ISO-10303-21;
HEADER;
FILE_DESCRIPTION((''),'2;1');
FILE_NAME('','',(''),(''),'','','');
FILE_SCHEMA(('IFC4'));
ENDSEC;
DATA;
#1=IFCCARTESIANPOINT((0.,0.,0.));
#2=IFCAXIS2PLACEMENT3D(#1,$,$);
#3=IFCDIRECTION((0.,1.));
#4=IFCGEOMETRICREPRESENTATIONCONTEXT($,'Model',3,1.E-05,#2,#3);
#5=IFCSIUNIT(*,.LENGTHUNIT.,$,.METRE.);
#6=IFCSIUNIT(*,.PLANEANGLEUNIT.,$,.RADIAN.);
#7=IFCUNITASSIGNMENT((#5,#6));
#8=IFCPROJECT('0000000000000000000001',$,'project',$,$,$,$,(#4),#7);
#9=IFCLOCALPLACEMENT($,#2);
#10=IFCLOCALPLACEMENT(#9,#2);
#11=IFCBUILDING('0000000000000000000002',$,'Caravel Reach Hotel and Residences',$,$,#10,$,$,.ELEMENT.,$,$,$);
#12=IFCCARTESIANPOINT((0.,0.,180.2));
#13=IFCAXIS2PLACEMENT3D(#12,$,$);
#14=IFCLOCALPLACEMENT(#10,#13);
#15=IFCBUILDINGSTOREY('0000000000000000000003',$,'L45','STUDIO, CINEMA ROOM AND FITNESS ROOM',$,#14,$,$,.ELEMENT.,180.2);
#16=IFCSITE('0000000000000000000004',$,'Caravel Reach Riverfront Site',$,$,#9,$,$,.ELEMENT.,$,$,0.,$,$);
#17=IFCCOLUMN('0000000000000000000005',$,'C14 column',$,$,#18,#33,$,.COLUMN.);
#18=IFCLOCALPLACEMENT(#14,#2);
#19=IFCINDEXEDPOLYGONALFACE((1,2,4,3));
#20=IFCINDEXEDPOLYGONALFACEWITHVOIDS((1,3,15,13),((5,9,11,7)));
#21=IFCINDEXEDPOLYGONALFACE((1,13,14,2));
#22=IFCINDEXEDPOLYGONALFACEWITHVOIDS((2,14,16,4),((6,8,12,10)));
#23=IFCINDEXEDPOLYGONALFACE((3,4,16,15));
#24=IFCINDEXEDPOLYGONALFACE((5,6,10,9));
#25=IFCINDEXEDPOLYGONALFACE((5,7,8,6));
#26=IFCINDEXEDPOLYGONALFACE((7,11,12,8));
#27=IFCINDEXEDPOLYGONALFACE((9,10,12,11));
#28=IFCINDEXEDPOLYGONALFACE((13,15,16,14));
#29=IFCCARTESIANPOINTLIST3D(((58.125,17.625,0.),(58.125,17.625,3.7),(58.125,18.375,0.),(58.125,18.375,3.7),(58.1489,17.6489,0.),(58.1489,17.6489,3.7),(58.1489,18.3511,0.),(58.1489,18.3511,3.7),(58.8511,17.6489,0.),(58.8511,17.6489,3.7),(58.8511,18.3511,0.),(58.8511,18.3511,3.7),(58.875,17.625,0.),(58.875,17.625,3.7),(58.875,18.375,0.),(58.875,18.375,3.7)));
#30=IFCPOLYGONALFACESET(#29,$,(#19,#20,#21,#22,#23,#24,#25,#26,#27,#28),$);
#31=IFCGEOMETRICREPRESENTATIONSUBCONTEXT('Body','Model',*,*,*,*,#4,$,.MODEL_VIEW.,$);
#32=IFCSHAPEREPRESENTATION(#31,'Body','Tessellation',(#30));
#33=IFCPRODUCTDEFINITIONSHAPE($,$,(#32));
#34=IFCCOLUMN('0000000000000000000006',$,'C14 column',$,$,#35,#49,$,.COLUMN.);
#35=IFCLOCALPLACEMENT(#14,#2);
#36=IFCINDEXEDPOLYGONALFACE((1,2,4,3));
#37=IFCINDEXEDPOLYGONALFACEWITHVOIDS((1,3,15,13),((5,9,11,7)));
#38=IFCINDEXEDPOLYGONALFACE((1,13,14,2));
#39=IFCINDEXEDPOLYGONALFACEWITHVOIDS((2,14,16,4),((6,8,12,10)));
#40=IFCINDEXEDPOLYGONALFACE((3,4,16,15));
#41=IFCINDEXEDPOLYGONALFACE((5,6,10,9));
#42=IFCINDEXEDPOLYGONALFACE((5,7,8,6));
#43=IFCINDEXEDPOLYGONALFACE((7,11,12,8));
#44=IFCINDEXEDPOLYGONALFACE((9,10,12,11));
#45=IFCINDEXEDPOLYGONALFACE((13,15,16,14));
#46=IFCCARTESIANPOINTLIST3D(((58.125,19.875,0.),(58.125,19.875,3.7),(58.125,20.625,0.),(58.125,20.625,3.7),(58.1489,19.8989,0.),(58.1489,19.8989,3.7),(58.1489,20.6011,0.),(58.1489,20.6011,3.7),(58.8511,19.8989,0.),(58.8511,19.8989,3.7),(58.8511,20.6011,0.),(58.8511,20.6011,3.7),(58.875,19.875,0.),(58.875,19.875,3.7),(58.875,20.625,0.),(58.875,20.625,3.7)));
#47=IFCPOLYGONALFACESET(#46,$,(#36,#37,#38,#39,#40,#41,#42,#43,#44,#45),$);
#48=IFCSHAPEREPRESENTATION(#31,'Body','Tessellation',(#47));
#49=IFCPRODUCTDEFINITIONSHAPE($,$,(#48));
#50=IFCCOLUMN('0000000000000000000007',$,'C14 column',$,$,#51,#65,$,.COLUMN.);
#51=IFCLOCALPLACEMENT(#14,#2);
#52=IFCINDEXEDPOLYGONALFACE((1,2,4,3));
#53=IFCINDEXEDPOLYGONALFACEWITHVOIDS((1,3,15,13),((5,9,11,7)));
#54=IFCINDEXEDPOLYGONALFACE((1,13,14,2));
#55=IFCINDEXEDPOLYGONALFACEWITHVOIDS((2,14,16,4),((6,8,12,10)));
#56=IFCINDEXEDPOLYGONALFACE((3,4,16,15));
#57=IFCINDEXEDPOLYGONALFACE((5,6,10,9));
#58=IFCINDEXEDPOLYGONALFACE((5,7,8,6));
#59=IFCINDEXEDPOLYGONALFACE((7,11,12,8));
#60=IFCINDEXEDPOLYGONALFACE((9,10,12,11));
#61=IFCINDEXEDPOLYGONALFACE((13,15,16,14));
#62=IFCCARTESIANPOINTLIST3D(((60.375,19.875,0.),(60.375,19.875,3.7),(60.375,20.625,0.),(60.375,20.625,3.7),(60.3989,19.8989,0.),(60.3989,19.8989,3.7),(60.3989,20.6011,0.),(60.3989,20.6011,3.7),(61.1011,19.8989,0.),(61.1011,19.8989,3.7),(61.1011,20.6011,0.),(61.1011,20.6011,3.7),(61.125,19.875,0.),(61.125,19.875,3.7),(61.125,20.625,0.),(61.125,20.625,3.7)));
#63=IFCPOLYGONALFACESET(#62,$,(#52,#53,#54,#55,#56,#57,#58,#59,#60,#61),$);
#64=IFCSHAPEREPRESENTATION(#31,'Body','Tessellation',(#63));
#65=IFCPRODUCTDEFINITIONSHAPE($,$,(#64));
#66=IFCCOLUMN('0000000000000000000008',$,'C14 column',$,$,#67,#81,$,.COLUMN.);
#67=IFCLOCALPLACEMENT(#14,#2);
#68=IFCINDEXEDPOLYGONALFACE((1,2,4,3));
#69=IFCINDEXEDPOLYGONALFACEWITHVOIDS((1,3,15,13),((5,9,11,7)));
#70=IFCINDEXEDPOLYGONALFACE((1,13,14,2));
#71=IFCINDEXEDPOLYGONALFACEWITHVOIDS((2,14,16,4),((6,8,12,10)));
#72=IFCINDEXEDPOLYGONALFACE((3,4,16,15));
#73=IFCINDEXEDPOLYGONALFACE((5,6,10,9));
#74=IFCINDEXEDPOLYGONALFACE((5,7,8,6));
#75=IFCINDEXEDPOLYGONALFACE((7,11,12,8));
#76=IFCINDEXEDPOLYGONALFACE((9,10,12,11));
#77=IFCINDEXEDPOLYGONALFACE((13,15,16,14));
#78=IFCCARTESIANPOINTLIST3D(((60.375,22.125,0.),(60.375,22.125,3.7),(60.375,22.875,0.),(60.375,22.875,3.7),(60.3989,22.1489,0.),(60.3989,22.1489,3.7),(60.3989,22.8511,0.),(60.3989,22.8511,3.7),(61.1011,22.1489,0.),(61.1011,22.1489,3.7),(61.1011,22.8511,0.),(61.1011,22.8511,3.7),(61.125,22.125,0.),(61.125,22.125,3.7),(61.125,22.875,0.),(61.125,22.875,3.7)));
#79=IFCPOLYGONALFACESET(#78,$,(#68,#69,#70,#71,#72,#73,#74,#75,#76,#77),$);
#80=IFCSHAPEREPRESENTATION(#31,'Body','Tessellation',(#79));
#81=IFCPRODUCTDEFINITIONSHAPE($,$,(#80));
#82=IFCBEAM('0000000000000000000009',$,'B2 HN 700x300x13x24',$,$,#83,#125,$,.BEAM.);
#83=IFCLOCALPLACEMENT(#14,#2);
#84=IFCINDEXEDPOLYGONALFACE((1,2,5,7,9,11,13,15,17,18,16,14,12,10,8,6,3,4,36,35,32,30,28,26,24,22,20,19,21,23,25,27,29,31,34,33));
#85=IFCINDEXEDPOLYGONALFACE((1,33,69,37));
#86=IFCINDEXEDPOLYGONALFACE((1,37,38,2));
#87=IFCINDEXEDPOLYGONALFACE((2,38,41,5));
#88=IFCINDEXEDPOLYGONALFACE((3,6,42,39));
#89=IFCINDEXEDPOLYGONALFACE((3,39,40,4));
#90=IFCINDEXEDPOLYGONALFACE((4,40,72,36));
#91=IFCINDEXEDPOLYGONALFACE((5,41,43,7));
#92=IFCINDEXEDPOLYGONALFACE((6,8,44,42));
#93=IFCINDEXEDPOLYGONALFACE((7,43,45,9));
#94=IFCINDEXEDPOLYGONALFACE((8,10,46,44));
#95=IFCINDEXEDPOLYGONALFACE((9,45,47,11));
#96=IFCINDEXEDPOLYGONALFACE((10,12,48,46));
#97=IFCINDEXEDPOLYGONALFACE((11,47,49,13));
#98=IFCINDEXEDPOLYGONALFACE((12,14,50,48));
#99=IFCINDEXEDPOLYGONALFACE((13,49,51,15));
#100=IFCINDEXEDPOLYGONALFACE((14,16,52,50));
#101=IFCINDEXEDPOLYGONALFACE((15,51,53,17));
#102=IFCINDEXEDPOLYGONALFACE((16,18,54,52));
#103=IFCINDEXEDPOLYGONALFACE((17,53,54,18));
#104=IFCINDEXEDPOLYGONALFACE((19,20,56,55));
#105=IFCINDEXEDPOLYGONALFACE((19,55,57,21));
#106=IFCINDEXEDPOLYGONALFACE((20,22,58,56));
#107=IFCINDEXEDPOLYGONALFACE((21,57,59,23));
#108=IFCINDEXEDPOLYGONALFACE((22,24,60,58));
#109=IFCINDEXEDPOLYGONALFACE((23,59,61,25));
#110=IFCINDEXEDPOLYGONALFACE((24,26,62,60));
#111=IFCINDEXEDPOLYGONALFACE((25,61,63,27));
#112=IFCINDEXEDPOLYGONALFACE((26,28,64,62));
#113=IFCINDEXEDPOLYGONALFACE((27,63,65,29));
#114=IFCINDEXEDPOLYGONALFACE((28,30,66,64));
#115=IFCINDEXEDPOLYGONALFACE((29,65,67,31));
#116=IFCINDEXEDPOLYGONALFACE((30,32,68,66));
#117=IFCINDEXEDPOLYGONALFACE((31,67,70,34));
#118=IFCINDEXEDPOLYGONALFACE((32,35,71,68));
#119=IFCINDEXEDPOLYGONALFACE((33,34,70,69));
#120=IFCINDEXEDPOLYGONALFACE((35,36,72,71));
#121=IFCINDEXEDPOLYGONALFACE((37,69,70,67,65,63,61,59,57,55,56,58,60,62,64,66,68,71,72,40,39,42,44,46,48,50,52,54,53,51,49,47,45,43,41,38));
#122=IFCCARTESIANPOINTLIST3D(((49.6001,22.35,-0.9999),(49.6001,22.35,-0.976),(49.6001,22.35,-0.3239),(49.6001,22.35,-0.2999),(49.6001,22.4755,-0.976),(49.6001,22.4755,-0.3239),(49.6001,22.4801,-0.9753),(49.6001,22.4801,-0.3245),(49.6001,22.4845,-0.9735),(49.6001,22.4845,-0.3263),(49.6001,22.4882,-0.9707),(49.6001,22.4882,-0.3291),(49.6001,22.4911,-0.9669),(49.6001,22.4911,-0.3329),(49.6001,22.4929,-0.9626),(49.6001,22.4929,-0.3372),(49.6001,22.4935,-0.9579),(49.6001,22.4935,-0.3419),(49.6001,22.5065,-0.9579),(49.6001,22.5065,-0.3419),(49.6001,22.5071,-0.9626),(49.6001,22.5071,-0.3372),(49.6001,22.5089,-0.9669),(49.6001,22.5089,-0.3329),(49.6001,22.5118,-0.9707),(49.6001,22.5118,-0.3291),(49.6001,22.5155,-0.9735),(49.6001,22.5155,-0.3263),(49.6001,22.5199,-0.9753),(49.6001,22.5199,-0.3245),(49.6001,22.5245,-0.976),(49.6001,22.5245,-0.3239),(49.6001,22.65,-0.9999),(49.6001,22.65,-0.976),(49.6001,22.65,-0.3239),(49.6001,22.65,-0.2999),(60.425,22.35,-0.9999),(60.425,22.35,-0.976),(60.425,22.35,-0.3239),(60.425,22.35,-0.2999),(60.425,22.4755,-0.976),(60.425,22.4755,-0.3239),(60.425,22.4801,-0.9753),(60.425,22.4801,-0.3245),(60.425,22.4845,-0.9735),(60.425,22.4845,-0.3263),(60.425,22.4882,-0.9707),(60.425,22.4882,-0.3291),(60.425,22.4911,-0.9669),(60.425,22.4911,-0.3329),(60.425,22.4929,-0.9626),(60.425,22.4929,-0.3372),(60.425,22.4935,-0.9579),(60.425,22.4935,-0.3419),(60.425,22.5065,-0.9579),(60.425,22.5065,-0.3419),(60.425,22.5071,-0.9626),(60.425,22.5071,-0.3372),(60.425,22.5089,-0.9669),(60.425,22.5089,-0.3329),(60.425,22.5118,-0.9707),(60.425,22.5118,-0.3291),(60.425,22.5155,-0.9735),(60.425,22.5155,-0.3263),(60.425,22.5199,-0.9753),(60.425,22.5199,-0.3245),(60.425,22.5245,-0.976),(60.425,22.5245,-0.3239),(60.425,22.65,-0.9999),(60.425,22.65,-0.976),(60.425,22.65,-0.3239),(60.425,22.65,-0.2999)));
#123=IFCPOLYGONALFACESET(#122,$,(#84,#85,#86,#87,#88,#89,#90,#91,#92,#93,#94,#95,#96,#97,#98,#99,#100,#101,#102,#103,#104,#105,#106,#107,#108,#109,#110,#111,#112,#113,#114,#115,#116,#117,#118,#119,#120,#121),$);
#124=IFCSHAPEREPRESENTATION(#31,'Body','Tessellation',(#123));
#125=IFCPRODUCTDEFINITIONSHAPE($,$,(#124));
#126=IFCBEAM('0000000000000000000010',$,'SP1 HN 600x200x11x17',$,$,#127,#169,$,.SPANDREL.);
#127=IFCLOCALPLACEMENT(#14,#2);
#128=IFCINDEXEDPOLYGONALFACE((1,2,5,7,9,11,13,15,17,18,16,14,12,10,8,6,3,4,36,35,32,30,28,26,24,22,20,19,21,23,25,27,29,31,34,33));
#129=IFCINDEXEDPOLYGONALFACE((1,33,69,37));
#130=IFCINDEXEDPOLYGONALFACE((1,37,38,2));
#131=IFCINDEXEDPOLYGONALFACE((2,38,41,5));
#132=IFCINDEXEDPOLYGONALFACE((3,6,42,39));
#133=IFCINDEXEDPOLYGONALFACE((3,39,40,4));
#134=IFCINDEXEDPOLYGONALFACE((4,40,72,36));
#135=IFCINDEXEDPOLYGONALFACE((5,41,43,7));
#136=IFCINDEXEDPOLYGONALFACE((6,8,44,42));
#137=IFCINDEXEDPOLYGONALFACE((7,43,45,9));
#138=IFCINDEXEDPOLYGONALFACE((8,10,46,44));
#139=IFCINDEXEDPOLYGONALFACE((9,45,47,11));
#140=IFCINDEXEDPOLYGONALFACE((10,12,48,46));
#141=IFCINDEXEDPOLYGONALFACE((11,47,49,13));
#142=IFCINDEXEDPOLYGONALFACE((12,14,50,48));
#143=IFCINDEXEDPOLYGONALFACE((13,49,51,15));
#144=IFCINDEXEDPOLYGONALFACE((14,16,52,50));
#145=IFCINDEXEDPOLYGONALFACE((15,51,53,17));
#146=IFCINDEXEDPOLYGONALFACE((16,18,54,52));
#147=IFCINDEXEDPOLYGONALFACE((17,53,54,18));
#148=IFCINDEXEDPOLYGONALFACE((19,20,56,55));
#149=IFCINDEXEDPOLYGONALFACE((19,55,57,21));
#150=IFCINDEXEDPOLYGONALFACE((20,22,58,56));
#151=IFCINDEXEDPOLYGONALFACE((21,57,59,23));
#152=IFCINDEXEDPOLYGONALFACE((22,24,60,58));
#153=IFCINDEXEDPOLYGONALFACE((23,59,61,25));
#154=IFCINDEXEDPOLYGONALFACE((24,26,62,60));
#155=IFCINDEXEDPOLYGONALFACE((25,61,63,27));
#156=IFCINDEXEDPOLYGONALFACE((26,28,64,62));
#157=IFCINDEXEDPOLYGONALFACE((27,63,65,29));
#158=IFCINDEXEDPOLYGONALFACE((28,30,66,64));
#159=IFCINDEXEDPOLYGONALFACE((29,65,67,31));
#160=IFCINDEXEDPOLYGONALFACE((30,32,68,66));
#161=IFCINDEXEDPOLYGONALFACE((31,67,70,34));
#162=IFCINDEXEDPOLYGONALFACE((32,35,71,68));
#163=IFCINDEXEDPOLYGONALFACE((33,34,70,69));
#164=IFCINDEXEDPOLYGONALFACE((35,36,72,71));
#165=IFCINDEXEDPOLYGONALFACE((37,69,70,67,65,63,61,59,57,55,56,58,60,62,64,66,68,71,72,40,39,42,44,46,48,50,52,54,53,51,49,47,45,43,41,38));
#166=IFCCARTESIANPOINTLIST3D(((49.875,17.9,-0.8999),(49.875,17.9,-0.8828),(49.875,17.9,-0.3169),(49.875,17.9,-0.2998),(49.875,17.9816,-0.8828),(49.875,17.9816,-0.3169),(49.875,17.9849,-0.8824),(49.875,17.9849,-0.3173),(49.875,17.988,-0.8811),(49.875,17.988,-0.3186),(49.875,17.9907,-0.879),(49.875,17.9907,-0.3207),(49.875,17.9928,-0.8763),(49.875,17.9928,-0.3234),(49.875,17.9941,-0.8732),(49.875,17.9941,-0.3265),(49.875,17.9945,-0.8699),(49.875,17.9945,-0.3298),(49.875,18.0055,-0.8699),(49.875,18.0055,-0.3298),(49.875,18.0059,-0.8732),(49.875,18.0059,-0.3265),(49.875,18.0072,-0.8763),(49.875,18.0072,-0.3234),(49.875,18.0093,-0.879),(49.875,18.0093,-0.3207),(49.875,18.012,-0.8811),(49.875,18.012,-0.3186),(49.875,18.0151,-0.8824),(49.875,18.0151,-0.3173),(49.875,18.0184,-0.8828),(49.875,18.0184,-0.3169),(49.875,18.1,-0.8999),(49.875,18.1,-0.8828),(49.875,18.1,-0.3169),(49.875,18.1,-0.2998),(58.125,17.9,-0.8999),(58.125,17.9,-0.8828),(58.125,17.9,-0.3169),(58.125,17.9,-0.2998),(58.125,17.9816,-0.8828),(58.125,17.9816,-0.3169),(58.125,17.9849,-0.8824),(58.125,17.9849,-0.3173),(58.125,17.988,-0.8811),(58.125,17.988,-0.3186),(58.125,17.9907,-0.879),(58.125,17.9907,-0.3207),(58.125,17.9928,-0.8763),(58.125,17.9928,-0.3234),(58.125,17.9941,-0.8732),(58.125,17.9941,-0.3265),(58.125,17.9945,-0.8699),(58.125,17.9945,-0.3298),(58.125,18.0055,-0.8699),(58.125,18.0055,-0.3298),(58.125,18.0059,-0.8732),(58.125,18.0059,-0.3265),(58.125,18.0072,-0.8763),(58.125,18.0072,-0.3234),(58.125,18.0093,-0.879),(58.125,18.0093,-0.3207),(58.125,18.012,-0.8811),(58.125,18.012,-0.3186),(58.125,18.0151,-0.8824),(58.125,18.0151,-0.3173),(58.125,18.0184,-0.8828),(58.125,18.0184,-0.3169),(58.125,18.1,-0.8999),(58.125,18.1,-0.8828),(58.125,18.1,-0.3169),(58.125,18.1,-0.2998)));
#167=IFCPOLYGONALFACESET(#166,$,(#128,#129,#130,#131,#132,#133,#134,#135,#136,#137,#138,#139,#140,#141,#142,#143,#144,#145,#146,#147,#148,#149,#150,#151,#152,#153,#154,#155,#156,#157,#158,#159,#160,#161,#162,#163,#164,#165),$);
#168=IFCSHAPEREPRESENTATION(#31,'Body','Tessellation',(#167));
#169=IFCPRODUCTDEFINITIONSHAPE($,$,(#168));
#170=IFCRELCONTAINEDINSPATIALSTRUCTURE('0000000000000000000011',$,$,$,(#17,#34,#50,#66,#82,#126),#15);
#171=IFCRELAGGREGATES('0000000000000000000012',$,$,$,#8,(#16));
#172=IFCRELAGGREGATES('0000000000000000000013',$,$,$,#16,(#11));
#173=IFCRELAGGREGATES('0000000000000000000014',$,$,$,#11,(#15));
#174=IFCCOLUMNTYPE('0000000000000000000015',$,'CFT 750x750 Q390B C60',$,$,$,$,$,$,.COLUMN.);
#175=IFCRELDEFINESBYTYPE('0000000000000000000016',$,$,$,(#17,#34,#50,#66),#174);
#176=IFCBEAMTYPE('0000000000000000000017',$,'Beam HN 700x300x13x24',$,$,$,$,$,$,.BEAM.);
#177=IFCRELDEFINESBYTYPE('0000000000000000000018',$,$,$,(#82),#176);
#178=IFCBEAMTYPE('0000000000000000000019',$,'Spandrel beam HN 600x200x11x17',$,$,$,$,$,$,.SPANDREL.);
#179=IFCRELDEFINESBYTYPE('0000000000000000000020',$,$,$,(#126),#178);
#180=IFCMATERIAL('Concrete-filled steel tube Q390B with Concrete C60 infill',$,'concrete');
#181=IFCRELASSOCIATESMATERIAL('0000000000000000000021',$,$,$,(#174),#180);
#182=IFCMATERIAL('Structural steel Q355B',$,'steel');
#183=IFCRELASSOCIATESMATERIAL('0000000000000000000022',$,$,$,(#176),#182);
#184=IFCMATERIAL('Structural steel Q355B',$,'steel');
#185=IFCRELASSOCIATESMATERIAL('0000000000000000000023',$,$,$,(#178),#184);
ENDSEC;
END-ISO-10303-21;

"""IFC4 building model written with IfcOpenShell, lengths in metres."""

from ifc_helpers import new_model, si_unit, direction, frame, origin, origin_2d, place, context, subcontext, project, spatial, hollow_rectangle, i_section, extrude, material, material_profile, profile_set, type_object, element, save


model = new_model("IFC4")

# Units and contexts
model_context = context("Model", 3, precision=1e-05, world=origin(), true_north=direction((0.0, 1.0)))
body_context = subcontext(model_context, "Body", "Model", "MODEL_VIEW")
ifc_project = project(units=[si_unit("LENGTHUNIT", "METRE"), si_unit("PLANEANGLEUNIT", "RADIAN")], contexts=[model_context])

# Site, building, storey
site_placement = place(None, origin())
site = spatial("IfcSite", under=ifc_project, at=site_placement, Name="Caravel Reach Riverfront Site", CompositionType="ELEMENT", RefElevation=0.0)
building_placement = place(site_placement, origin())
building = spatial("IfcBuilding", under=site, at=building_placement, Name="Caravel Reach Hotel and Residences", CompositionType="ELEMENT")
storey_placement = place(building_placement, frame((0.0, 0.0, 180.2)))
storey = spatial("IfcBuildingStorey", under=building, at=storey_placement, Name="L45", Description="STUDIO, CINEMA ROOM AND FITNESS ROOM", CompositionType="ELEMENT", Elevation=180.2)

# Columns
ifc_material_1 = material(Name="Concrete-filled steel tube Q390B with Concrete C60 infill", Category="concrete")
ifc_material_profile_1 = material_profile(ifc_material_1, hollow_rectangle(XDim=0.75, YDim=0.75, WallThickness=0.0239, at=origin_2d()), Name="RHS 750x750x24")
ifc_profile_set_1 = profile_set([ifc_material_profile_1], Name="Concrete-filled steel tube Q390B with Concrete C60 infill")
column_type = type_object("IfcColumnType", Name="CFT 750x750 Q390B C60", PredefinedType="COLUMN", material=ifc_profile_set_1)
for number, where, z_axis, x_axis, name in (
    (1, (58.5, 18.0, 0.0), (0.0, 0.0, 1.0), (1.0, 0.0, 0.0), "C14 column"),
    (2, (58.5, 20.25, 0.0), (0.0, 0.0, 1.0), (1.0, 0.0, 0.0), "C14 column"),
    (3, (60.75, 20.25, 0.0), (0.0, 0.0, 1.0), (1.0, 0.0, 0.0), "C14 column"),
    (4, (60.75, 22.5, 0.0), (0.0, 0.0, 1.0), (1.0, 0.0, 0.0), "C14 column"),
):
    element("IfcColumn", number, at=place(storey_placement, frame(where, z_axis=z_axis, x_axis=x_axis)), inside=storey, type_object=column_type, Name=name, PredefinedType="COLUMN", context=body_context, shape_type="SweptSolid", body=[
        extrude(hollow_rectangle(XDim=0.75, YDim=0.75, WallThickness=0.0239, at=origin_2d()), origin(), (0.0, 0.0, 1.0), 3.7),
    ])

# Beams
ifc_material_2 = material(Name="Structural steel Q355B", Category="steel")
ifc_material_profile_2 = material_profile(ifc_material_2, i_section(OverallWidth=0.3, OverallDepth=0.7, WebThickness=0.0129, FlangeThickness=0.0239, FilletRadius=0.0181, at=origin_2d()), Name="HN 700x300x13x24")
ifc_profile_set_2 = profile_set([ifc_material_profile_2], Name="Structural steel Q355B")
beam_type_1 = type_object("IfcBeamType", Name="Beam HN 700x300x13x24", PredefinedType="BEAM", material=ifc_profile_set_2)
beam_1_placement = place(storey_placement, frame((49.6001, 22.5, -0.6499), z_axis=(1.0, 0.0, 0.0), x_axis=(0.0, 1.0, 0.0)))
element("IfcBeam", 5, at=beam_1_placement, inside=storey, type_object=beam_type_1, Name="B2 HN 700x300x13x24", PredefinedType="BEAM", context=body_context, shape_type="SweptSolid", body=[
    extrude(i_section(OverallWidth=0.3, OverallDepth=0.7, WebThickness=0.0129, FlangeThickness=0.0239, FilletRadius=0.0181, at=origin_2d()), origin(), (0.0, 0.0, 1.0), 10.825),
])
ifc_material_3 = material(Name="Structural steel Q355B", Category="steel")
ifc_material_profile_3 = material_profile(ifc_material_3, i_section(OverallWidth=0.2, OverallDepth=0.6001, WebThickness=0.011, FlangeThickness=0.0171, FilletRadius=0.0129, at=origin_2d()), Name="HN 600x200x11x17")
ifc_profile_set_3 = profile_set([ifc_material_profile_3], Name="Structural steel Q355B")
beam_type_2 = type_object("IfcBeamType", Name="Spandrel beam HN 600x200x11x17", PredefinedType="SPANDREL", material=ifc_profile_set_3)
beam_2_placement = place(storey_placement, frame((49.875, 18.0, -0.5999), z_axis=(1.0, 0.0, 0.0), x_axis=(0.0, 1.0, 0.0)))
element("IfcBeam", 6, at=beam_2_placement, inside=storey, type_object=beam_type_2, Name="SP1 HN 600x200x11x17", PredefinedType="SPANDREL", context=body_context, shape_type="SweptSolid", body=[
    extrude(i_section(OverallWidth=0.2, OverallDepth=0.6001, WebThickness=0.011, FlangeThickness=0.0171, FilletRadius=0.0129, at=origin_2d()), origin(), (0.0, 0.0, 1.0), 8.25),
])

save(model, "model.ifc")
